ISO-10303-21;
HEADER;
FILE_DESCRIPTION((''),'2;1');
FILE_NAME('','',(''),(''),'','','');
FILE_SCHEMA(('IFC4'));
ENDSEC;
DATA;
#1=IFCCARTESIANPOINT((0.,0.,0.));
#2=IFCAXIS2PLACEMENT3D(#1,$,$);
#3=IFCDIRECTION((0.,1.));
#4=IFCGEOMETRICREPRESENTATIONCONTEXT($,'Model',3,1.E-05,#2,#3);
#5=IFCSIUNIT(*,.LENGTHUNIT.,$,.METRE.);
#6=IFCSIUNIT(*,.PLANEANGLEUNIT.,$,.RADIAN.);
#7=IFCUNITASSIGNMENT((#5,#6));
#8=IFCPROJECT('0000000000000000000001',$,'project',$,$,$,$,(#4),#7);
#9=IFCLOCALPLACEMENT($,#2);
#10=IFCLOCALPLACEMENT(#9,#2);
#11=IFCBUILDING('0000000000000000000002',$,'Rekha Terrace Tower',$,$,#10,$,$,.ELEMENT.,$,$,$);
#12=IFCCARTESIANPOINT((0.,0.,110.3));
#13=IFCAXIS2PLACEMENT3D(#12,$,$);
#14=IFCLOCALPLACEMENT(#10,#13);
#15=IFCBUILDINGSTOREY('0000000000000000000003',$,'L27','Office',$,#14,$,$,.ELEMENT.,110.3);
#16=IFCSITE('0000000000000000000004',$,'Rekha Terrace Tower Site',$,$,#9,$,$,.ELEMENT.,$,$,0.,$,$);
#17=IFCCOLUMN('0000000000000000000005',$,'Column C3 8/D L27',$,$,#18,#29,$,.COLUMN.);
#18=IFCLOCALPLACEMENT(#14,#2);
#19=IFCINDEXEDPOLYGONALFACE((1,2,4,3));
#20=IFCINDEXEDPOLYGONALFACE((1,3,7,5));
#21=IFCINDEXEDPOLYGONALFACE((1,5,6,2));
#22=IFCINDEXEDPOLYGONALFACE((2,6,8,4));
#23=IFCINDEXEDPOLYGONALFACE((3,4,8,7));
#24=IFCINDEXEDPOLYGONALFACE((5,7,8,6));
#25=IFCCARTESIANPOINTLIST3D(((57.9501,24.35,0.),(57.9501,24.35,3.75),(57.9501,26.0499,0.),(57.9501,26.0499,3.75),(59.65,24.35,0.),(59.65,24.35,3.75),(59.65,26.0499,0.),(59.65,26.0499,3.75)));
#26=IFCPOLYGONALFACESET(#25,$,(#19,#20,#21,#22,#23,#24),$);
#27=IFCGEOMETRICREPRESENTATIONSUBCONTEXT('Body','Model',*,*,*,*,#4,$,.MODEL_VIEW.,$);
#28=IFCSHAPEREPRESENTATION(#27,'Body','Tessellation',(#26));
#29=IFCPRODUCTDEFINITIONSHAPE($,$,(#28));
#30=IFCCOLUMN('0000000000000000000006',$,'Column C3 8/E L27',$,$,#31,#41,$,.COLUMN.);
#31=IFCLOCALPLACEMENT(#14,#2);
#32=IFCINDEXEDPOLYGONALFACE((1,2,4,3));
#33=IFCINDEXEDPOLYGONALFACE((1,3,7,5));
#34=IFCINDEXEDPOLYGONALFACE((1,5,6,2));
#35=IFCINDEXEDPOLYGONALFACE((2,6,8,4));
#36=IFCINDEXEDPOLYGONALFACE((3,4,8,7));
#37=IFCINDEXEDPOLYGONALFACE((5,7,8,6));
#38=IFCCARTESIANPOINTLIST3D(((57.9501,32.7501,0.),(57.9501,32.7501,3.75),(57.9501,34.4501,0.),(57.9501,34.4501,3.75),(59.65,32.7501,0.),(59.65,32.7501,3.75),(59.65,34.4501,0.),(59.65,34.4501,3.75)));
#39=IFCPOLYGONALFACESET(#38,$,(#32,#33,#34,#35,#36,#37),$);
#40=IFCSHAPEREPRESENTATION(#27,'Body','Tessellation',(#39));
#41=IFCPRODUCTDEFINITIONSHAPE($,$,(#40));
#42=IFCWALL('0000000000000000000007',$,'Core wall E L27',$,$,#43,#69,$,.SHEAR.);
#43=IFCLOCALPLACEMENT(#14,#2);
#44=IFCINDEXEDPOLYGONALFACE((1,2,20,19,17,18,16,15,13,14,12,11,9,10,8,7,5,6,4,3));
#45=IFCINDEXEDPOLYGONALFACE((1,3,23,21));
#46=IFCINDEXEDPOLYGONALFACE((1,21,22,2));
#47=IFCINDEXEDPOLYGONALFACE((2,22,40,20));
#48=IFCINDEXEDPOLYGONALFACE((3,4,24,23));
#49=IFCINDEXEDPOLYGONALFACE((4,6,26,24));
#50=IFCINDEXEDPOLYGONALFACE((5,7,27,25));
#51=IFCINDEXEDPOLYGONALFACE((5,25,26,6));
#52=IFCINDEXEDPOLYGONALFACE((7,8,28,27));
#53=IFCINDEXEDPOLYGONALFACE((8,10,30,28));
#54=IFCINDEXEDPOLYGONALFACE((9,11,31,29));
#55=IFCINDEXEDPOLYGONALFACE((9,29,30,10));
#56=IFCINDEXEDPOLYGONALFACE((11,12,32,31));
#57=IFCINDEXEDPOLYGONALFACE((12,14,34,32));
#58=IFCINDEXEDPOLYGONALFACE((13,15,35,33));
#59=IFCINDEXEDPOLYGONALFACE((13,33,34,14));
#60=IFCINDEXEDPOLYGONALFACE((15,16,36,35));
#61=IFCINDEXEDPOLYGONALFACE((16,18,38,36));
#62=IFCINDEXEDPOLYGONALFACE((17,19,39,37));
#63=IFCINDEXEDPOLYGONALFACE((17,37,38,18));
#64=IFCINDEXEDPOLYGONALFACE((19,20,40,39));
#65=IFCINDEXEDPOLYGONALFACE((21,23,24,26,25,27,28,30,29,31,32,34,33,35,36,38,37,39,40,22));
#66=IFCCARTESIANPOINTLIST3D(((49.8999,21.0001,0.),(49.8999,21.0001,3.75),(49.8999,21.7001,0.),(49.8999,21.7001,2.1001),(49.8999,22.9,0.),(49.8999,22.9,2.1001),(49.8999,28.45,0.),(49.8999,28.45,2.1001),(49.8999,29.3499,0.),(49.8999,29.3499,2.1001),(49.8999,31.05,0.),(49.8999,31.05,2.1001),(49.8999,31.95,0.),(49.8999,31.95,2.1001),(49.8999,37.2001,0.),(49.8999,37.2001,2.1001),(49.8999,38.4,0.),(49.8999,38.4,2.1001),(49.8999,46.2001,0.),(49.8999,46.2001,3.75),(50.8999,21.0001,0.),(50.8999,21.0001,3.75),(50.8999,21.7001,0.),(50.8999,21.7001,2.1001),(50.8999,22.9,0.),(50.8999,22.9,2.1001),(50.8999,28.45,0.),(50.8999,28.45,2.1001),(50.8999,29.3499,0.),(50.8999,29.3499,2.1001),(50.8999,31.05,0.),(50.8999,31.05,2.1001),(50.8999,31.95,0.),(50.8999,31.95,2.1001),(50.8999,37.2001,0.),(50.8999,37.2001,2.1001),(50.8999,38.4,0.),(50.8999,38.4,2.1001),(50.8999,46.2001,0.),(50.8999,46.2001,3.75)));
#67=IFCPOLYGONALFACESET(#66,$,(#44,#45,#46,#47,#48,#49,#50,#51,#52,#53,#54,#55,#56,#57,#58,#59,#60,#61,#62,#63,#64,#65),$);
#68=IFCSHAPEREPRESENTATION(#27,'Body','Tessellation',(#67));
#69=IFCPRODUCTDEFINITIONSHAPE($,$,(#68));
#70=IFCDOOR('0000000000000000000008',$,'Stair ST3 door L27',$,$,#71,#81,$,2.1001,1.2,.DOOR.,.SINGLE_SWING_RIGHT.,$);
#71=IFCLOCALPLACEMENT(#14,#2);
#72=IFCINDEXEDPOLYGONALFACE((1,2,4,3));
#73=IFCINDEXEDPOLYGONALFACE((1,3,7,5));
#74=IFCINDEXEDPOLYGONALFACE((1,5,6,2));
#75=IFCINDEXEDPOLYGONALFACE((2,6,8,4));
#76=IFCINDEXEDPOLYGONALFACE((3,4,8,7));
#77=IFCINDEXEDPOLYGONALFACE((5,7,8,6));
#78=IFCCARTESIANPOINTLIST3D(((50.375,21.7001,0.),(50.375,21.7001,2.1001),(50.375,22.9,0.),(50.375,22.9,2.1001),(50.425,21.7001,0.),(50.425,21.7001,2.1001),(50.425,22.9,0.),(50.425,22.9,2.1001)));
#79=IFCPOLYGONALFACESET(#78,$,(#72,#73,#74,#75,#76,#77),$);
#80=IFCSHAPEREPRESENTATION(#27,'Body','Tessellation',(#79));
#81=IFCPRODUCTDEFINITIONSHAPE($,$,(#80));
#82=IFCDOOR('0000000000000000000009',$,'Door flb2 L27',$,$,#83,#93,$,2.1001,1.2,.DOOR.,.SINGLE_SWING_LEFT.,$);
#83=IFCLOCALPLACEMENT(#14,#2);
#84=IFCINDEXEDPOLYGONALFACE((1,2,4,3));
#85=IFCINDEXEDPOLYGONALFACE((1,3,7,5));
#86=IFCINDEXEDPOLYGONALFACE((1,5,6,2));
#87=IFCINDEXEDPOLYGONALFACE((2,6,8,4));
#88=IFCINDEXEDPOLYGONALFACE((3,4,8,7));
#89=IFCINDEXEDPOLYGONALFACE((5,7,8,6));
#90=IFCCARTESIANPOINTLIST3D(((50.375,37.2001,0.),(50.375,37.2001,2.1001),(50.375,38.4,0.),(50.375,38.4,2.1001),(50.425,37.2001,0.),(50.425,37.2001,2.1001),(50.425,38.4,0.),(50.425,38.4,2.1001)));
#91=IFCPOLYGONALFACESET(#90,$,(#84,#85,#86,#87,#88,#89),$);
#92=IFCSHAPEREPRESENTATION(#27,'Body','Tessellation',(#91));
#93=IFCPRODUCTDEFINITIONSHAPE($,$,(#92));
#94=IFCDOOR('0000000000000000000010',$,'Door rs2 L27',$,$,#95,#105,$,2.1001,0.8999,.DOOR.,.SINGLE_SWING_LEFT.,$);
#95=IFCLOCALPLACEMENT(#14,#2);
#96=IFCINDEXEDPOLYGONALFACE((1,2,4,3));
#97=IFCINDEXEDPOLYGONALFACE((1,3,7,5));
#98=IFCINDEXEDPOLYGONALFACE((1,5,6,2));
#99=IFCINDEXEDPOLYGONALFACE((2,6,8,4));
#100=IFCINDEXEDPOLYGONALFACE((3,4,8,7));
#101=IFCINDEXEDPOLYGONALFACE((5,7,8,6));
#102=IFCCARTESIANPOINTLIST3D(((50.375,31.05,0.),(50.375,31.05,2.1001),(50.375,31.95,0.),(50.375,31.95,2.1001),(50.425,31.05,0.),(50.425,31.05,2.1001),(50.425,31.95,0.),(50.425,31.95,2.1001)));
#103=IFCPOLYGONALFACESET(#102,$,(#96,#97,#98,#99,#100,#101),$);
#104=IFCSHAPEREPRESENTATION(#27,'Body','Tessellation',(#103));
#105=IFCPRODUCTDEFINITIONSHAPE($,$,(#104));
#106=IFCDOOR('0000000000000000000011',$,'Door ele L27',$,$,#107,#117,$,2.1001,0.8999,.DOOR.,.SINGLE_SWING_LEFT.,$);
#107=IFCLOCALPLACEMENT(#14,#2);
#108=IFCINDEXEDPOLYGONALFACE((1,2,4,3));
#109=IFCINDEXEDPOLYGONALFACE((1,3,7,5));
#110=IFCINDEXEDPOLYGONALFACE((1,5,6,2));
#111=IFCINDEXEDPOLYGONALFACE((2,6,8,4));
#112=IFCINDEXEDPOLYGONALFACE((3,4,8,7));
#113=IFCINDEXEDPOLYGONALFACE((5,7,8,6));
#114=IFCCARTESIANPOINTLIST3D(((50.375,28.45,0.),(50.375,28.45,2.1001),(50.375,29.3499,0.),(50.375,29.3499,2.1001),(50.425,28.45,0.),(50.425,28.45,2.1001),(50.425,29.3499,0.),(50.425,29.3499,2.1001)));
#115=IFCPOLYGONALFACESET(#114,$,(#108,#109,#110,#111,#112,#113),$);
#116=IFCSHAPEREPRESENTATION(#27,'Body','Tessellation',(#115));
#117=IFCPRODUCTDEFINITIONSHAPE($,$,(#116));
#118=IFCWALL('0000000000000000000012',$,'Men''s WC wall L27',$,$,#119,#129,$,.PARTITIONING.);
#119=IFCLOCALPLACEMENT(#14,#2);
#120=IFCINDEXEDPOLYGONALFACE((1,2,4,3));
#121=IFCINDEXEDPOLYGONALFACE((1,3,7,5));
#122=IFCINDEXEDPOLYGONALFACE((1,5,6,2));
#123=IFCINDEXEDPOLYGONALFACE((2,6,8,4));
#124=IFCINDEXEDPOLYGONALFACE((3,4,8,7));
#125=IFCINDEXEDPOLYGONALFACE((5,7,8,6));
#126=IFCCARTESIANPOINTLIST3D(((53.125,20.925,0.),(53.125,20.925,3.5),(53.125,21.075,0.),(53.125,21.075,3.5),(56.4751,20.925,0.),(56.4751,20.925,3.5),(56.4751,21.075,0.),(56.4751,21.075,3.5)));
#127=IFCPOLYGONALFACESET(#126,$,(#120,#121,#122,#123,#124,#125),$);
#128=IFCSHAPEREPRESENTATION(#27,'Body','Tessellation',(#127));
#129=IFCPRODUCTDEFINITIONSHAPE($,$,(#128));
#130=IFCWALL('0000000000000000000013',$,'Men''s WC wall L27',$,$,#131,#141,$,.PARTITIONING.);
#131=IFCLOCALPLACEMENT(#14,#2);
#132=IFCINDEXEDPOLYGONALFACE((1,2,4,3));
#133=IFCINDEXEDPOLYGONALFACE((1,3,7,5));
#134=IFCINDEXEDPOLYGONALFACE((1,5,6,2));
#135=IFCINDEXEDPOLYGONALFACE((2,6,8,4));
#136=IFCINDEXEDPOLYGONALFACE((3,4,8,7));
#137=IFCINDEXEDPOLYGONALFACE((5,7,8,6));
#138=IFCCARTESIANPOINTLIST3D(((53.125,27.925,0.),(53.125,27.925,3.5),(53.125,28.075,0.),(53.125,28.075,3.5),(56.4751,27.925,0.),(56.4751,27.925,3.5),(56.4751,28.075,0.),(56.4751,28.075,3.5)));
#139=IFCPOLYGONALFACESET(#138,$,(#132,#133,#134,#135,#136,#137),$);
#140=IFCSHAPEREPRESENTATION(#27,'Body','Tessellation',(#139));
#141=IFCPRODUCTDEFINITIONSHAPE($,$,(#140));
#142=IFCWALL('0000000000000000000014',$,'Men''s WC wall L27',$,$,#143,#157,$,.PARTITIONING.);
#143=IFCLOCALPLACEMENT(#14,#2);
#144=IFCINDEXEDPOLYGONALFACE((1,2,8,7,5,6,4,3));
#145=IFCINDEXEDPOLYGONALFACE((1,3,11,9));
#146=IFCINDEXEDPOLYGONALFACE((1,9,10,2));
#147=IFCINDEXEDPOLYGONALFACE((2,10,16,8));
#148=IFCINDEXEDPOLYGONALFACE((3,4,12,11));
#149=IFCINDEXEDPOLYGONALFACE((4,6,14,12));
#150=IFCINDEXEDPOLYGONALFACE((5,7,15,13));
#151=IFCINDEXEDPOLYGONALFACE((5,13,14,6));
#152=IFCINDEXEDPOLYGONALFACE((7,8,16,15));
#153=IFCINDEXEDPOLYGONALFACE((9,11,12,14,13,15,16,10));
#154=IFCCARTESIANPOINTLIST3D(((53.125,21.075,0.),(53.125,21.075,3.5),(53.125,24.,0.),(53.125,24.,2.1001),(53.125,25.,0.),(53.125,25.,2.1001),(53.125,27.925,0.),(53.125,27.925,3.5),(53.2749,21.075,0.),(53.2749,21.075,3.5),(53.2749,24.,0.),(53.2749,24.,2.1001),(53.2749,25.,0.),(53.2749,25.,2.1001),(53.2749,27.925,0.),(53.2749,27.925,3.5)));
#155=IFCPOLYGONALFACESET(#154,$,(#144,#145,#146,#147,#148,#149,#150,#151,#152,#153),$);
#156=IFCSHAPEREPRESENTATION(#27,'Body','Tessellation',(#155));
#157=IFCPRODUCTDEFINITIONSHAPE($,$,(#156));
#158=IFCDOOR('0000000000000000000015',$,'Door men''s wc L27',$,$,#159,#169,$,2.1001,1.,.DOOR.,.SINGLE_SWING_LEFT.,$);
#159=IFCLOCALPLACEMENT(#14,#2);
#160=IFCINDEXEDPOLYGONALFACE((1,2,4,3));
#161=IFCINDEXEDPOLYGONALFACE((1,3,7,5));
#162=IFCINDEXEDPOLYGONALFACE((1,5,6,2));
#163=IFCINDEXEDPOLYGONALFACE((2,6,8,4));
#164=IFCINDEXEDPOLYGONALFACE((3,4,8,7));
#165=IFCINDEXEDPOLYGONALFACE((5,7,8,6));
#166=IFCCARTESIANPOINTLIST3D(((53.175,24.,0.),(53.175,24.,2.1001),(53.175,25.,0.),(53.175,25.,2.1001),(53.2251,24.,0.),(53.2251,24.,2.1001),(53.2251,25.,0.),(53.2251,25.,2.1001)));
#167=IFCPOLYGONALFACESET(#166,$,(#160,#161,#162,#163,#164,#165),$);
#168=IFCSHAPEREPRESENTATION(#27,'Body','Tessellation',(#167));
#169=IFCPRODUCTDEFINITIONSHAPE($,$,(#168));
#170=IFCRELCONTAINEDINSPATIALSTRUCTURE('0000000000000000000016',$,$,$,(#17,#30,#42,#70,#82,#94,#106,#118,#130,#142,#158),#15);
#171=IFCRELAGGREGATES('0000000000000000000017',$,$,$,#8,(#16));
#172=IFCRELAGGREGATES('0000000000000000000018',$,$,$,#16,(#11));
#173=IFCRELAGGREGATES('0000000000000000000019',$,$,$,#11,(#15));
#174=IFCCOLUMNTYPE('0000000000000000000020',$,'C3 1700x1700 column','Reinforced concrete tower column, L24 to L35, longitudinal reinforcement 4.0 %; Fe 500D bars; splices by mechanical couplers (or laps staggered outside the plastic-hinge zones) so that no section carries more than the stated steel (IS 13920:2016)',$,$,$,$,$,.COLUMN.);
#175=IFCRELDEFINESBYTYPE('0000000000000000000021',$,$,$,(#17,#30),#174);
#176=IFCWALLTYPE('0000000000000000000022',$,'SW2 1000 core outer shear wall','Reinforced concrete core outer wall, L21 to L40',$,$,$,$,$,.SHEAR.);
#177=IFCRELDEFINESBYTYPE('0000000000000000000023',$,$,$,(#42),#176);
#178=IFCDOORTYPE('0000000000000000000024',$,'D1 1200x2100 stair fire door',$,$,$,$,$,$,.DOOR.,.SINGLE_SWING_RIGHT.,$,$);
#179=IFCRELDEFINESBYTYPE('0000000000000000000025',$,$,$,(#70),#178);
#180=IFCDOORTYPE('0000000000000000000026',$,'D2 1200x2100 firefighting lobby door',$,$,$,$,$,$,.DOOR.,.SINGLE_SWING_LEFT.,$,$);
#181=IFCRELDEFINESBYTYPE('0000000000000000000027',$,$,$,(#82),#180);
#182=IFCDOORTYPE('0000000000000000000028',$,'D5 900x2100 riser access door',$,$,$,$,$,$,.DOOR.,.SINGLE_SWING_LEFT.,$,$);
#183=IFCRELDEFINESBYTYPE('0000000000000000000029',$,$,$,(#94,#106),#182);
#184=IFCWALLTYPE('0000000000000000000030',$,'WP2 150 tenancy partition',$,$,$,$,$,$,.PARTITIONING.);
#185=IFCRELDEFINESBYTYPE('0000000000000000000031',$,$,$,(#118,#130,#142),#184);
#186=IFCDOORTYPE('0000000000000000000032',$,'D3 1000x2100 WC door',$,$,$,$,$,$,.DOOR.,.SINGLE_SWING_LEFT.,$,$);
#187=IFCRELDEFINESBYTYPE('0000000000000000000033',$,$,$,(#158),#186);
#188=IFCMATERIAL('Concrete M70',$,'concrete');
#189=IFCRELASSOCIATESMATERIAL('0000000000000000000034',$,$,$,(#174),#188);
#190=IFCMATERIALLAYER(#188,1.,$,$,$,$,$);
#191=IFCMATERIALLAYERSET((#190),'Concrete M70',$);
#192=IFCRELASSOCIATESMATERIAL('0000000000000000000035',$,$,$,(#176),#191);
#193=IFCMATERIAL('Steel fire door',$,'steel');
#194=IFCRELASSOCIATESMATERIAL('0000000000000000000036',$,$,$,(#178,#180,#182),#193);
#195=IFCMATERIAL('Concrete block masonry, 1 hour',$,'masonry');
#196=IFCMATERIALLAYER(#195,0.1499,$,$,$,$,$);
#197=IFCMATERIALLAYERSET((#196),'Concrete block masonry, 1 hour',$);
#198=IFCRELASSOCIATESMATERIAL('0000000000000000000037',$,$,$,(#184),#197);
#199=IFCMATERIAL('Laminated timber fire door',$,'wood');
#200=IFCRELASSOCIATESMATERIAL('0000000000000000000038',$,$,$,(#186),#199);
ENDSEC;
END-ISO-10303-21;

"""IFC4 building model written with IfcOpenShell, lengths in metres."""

from ifc_helpers import new_model, si_unit, direction, frame, frame_2d, origin, origin_2d, place, context, subcontext, project, spatial, rectangle, extrude, material, layer, layer_set, material_profile, profile_set, type_object, element, fill, save


model = new_model("IFC4")

# Units and contexts
model_context = context("Model", 3, precision=1e-05, world=origin(), true_north=direction((0.0, 1.0)))
body_context = subcontext(model_context, "Body", "Model", "MODEL_VIEW")
ifc_project = project(units=[si_unit("LENGTHUNIT", "METRE"), si_unit("PLANEANGLEUNIT", "RADIAN")], contexts=[model_context])

# Site, building, storey
site_placement = place(None, origin())
site = spatial("IfcSite", under=ifc_project, at=site_placement, Name="Rekha Terrace Tower Site", CompositionType="ELEMENT", RefElevation=0.0)
building_placement = place(site_placement, origin())
building = spatial("IfcBuilding", under=site, at=building_placement, Name="Rekha Terrace Tower", CompositionType="ELEMENT")
storey_placement = place(building_placement, frame((0.0, 0.0, 110.3)))
storey = spatial("IfcBuildingStorey", under=building, at=storey_placement, Name="L27", Description="Office", CompositionType="ELEMENT", Elevation=110.3)

# Columns
ifc_material_1 = material(Name="Concrete M70", Category="concrete")
ifc_material_profile = material_profile(ifc_material_1, rectangle(XDim=1.7, YDim=1.7, at=origin_2d()), Name="RC 1700x1700")
ifc_profile_set = profile_set([ifc_material_profile], Name="Concrete M70")
column_type = type_object("IfcColumnType", Name="C3 1700x1700 column", Description="Reinforced concrete tower column, L24 to L35, longitudinal reinforcement 4.0 %; Fe 500D bars; splices by mechanical couplers (or laps staggered outside the plastic-hinge zones) so that no section carries more than the stated steel (IS 13920:2016)", PredefinedType="COLUMN", material=ifc_profile_set)
for number, where, z_axis, x_axis, name in (
    (1, (58.8, 25.2, 0.0), (0.0, 0.0, 1.0), (1.0, 0.0, 0.0), "Column C3 8/D L27"),
    (2, (58.8, 33.6001, 0.0), (0.0, 0.0, 1.0), (1.0, 0.0, 0.0), "Column C3 8/E L27"),
):
    element("IfcColumn", number, at=place(storey_placement, frame(where, z_axis=z_axis, x_axis=x_axis)), inside=storey, type_object=column_type, Name=name, PredefinedType="COLUMN", context=body_context, shape_type="SweptSolid", body=[
        extrude(rectangle(XDim=1.7, YDim=1.7, at=origin_2d()), origin(), (0.0, 0.0, 1.0), 3.75),
    ])

# Wall, openings, doors
ifc_layer_1 = layer(ifc_material_1, 1.0)
ifc_layer_set_1 = layer_set([ifc_layer_1], Name="Concrete M70")
wall_type_1 = type_object("IfcWallType", Name="SW2 1000 core outer shear wall", Description="Reinforced concrete core outer wall, L21 to L40", PredefinedType="SHEAR", material=ifc_layer_set_1)
wall_1_placement = place(storey_placement, frame((50.3999, 21.0, 0.0), z_axis=(0.0, 0.0, 1.0), x_axis=(0.0, 1.0, 0.0)))
wall_1 = element("IfcWall", 3, at=wall_1_placement, inside=storey, type_object=wall_type_1, Name="Core wall E L27", PredefinedType="SHEAR", context=body_context, shape_type="SweptSolid", body=[
    extrude(rectangle(XDim=25.2, YDim=1.0, at=frame_2d((12.6001, 0.0))), origin(), (0.0, 0.0, 1.0), 3.75),
])
opening_1_placement = place(wall_1_placement, frame((16.2, 0.0, 0.0)))
opening_1 = element("IfcOpeningElement", 4, at=opening_1_placement, cuts=wall_1, PredefinedType="OPENING", context=body_context, shape_type="SweptSolid", body=[
    extrude(rectangle(XDim=1.2, YDim=2.1001, at=frame_2d((0.6001, 1.05))), frame((0.0, 0.51, 0.0), z_axis=(0.0, -1.0, 0.0), x_axis=(1.0, 0.0, 0.0)), (0.0, 0.0, 1.0), 1.02),
])
opening_2_placement = place(wall_1_placement, frame((10.05, 0.0, 0.0)))
opening_2 = element("IfcOpeningElement", 5, at=opening_2_placement, cuts=wall_1, PredefinedType="OPENING", context=body_context, shape_type="SweptSolid", body=[
    extrude(rectangle(XDim=0.8999, YDim=2.1001, at=frame_2d((0.45, 1.05))), frame((0.0, 0.51, 0.0), z_axis=(0.0, -1.0, 0.0), x_axis=(1.0, 0.0, 0.0)), (0.0, 0.0, 1.0), 1.02),
])
opening_3_placement = place(wall_1_placement, frame((7.45, 0.0, 0.0)))
opening_3 = element("IfcOpeningElement", 6, at=opening_3_placement, cuts=wall_1, PredefinedType="OPENING", context=body_context, shape_type="SweptSolid", body=[
    extrude(rectangle(XDim=0.8999, YDim=2.1001, at=frame_2d((0.45, 1.05))), frame((0.0, 0.51, 0.0), z_axis=(0.0, -1.0, 0.0), x_axis=(1.0, 0.0, 0.0)), (0.0, 0.0, 1.0), 1.02),
])
opening_4_placement = place(wall_1_placement, frame((0.7, 0.0, 0.0)))
opening_4 = element("IfcOpeningElement", 7, at=opening_4_placement, cuts=wall_1, PredefinedType="OPENING", context=body_context, shape_type="SweptSolid", body=[
    extrude(rectangle(XDim=1.2, YDim=2.1001, at=frame_2d((0.6001, 1.05))), frame((0.0, 0.51, 0.0), z_axis=(0.0, -1.0, 0.0), x_axis=(1.0, 0.0, 0.0)), (0.0, 0.0, 1.0), 1.02),
])
ifc_material_2 = material(Name="Steel fire door", Category="steel")
door_type_1 = type_object("IfcDoorType", Name="D1 1200x2100 stair fire door", OperationType="SINGLE_SWING_RIGHT", PredefinedType="DOOR", material=ifc_material_2)
door_1_placement = place(opening_4_placement, origin())
door_1 = element("IfcDoor", 8, at=door_1_placement, inside=storey, type_object=door_type_1, Name="Stair ST3 door L27", OperationType="SINGLE_SWING_RIGHT", OverallHeight=2.1001, OverallWidth=1.2, PredefinedType="DOOR", context=body_context, shape_type="SweptSolid", body=[
    extrude(rectangle(XDim=1.2, YDim=2.1001, at=frame_2d((0.6001, 1.05))), frame((0.0, 0.0249, 0.0), z_axis=(0.0, -1.0, 0.0), x_axis=(1.0, 0.0, 0.0)), (0.0, 0.0, 1.0), 0.05),
])
fill(opening_4, door_1)
door_type_2 = type_object("IfcDoorType", Name="D2 1200x2100 firefighting lobby door", OperationType="SINGLE_SWING_LEFT", PredefinedType="DOOR", material=ifc_material_2)
door_2_placement = place(opening_1_placement, origin())
door_2 = element("IfcDoor", 9, at=door_2_placement, inside=storey, type_object=door_type_2, Name="Door flb2 L27", OperationType="SINGLE_SWING_LEFT", OverallHeight=2.1001, OverallWidth=1.2, PredefinedType="DOOR", context=body_context, shape_type="SweptSolid", body=[
    extrude(rectangle(XDim=1.2, YDim=2.1001, at=frame_2d((0.6001, 1.05))), frame((0.0, 0.0249, 0.0), z_axis=(0.0, -1.0, 0.0), x_axis=(1.0, 0.0, 0.0)), (0.0, 0.0, 1.0), 0.05),
])
fill(opening_1, door_2)
door_type_3 = type_object("IfcDoorType", Name="D5 900x2100 riser access door", OperationType="SINGLE_SWING_LEFT", PredefinedType="DOOR", material=ifc_material_2)
door_3_placement = place(opening_2_placement, origin())
door_3 = element("IfcDoor", 10, at=door_3_placement, inside=storey, type_object=door_type_3, Name="Door rs2 L27", OperationType="SINGLE_SWING_LEFT", OverallHeight=2.1001, OverallWidth=0.8999, PredefinedType="DOOR", context=body_context, shape_type="SweptSolid", body=[
    extrude(rectangle(XDim=0.8999, YDim=2.1001, at=frame_2d((0.45, 1.05))), frame((0.0, 0.0249, 0.0), z_axis=(0.0, -1.0, 0.0), x_axis=(1.0, 0.0, 0.0)), (0.0, 0.0, 1.0), 0.05),
])
fill(opening_2, door_3)
door_4_placement = place(opening_3_placement, origin())
door_4 = element("IfcDoor", 11, at=door_4_placement, inside=storey, type_object=door_type_3, Name="Door ele L27", OperationType="SINGLE_SWING_LEFT", OverallHeight=2.1001, OverallWidth=0.8999, PredefinedType="DOOR", context=body_context, shape_type="SweptSolid", body=[
    extrude(rectangle(XDim=0.8999, YDim=2.1001, at=frame_2d((0.45, 1.05))), frame((0.0, 0.0249, 0.0), z_axis=(0.0, -1.0, 0.0), x_axis=(1.0, 0.0, 0.0)), (0.0, 0.0, 1.0), 0.05),
])
fill(opening_3, door_4)

# Walls
ifc_material_3 = material(Name="Concrete block masonry, 1 hour", Category="masonry")
ifc_layer_2 = layer(ifc_material_3, 0.1499)
ifc_layer_set_2 = layer_set([ifc_layer_2], Name="Concrete block masonry, 1 hour")
wall_type_2 = type_object("IfcWallType", Name="WP2 150 tenancy partition", PredefinedType="PARTITIONING", material=ifc_layer_set_2)
for number, where, z_axis, x_axis, name in (
    (12, (53.125, 21.0, 0.0), (0.0, 0.0, 1.0), (1.0, 0.0, 0.0), "Men's WC wall L27"),
    (13, (53.125, 28.0, 0.0), (0.0, 0.0, 1.0), (1.0, 0.0, 0.0), "Men's WC wall L27"),
):
    element("IfcWall", number, at=place(storey_placement, frame(where, z_axis=z_axis, x_axis=x_axis)), inside=storey, type_object=wall_type_2, Name=name, PredefinedType="PARTITIONING", context=body_context, shape_type="SweptSolid", body=[
        extrude(rectangle(XDim=3.3501, YDim=0.1499, at=frame_2d((1.675, 0.0))), origin(), (0.0, 0.0, 1.0), 3.5),
    ])

# Wall, opening, door
wall_2_placement = place(storey_placement, frame((53.2, 21.075, 0.0), z_axis=(0.0, 0.0, 1.0), x_axis=(0.0, 1.0, 0.0)))
wall_2 = element("IfcWall", 14, at=wall_2_placement, inside=storey, type_object=wall_type_2, Name="Men's WC wall L27", PredefinedType="PARTITIONING", context=body_context, shape_type="SweptSolid", body=[
    extrude(rectangle(XDim=6.8501, YDim=0.1499, at=frame_2d((3.425, 0.0))), origin(), (0.0, 0.0, 1.0), 3.5),
])
opening_5_placement = place(wall_2_placement, frame((2.925, 0.0, 0.0)))
opening_5 = element("IfcOpeningElement", 15, at=opening_5_placement, cuts=wall_2, PredefinedType="OPENING", context=body_context, shape_type="SweptSolid", body=[
    extrude(rectangle(XDim=1.0, YDim=2.1001, at=frame_2d((0.5, 1.05))), frame((0.0, 0.085, 0.0), z_axis=(0.0, -1.0, 0.0), x_axis=(1.0, 0.0, 0.0)), (0.0, 0.0, 1.0), 0.1699),
])
ifc_material_4 = material(Name="Laminated timber fire door", Category="wood")
door_type_4 = type_object("IfcDoorType", Name="D3 1000x2100 WC door", OperationType="SINGLE_SWING_LEFT", PredefinedType="DOOR", material=ifc_material_4)
door_5_placement = place(opening_5_placement, origin())
door_5 = element("IfcDoor", 16, at=door_5_placement, inside=storey, type_object=door_type_4, Name="Door men's wc L27", OperationType="SINGLE_SWING_LEFT", OverallHeight=2.1001, OverallWidth=1.0, PredefinedType="DOOR", context=body_context, shape_type="SweptSolid", body=[
    extrude(rectangle(XDim=1.0, YDim=2.1001, at=frame_2d((0.5, 1.05))), frame((0.0, 0.0249, 0.0), z_axis=(0.0, -1.0, 0.0), x_axis=(1.0, 0.0, 0.0)), (0.0, 0.0, 1.0), 0.05),
])
fill(opening_5, door_5)

save(model, "model.ifc")
